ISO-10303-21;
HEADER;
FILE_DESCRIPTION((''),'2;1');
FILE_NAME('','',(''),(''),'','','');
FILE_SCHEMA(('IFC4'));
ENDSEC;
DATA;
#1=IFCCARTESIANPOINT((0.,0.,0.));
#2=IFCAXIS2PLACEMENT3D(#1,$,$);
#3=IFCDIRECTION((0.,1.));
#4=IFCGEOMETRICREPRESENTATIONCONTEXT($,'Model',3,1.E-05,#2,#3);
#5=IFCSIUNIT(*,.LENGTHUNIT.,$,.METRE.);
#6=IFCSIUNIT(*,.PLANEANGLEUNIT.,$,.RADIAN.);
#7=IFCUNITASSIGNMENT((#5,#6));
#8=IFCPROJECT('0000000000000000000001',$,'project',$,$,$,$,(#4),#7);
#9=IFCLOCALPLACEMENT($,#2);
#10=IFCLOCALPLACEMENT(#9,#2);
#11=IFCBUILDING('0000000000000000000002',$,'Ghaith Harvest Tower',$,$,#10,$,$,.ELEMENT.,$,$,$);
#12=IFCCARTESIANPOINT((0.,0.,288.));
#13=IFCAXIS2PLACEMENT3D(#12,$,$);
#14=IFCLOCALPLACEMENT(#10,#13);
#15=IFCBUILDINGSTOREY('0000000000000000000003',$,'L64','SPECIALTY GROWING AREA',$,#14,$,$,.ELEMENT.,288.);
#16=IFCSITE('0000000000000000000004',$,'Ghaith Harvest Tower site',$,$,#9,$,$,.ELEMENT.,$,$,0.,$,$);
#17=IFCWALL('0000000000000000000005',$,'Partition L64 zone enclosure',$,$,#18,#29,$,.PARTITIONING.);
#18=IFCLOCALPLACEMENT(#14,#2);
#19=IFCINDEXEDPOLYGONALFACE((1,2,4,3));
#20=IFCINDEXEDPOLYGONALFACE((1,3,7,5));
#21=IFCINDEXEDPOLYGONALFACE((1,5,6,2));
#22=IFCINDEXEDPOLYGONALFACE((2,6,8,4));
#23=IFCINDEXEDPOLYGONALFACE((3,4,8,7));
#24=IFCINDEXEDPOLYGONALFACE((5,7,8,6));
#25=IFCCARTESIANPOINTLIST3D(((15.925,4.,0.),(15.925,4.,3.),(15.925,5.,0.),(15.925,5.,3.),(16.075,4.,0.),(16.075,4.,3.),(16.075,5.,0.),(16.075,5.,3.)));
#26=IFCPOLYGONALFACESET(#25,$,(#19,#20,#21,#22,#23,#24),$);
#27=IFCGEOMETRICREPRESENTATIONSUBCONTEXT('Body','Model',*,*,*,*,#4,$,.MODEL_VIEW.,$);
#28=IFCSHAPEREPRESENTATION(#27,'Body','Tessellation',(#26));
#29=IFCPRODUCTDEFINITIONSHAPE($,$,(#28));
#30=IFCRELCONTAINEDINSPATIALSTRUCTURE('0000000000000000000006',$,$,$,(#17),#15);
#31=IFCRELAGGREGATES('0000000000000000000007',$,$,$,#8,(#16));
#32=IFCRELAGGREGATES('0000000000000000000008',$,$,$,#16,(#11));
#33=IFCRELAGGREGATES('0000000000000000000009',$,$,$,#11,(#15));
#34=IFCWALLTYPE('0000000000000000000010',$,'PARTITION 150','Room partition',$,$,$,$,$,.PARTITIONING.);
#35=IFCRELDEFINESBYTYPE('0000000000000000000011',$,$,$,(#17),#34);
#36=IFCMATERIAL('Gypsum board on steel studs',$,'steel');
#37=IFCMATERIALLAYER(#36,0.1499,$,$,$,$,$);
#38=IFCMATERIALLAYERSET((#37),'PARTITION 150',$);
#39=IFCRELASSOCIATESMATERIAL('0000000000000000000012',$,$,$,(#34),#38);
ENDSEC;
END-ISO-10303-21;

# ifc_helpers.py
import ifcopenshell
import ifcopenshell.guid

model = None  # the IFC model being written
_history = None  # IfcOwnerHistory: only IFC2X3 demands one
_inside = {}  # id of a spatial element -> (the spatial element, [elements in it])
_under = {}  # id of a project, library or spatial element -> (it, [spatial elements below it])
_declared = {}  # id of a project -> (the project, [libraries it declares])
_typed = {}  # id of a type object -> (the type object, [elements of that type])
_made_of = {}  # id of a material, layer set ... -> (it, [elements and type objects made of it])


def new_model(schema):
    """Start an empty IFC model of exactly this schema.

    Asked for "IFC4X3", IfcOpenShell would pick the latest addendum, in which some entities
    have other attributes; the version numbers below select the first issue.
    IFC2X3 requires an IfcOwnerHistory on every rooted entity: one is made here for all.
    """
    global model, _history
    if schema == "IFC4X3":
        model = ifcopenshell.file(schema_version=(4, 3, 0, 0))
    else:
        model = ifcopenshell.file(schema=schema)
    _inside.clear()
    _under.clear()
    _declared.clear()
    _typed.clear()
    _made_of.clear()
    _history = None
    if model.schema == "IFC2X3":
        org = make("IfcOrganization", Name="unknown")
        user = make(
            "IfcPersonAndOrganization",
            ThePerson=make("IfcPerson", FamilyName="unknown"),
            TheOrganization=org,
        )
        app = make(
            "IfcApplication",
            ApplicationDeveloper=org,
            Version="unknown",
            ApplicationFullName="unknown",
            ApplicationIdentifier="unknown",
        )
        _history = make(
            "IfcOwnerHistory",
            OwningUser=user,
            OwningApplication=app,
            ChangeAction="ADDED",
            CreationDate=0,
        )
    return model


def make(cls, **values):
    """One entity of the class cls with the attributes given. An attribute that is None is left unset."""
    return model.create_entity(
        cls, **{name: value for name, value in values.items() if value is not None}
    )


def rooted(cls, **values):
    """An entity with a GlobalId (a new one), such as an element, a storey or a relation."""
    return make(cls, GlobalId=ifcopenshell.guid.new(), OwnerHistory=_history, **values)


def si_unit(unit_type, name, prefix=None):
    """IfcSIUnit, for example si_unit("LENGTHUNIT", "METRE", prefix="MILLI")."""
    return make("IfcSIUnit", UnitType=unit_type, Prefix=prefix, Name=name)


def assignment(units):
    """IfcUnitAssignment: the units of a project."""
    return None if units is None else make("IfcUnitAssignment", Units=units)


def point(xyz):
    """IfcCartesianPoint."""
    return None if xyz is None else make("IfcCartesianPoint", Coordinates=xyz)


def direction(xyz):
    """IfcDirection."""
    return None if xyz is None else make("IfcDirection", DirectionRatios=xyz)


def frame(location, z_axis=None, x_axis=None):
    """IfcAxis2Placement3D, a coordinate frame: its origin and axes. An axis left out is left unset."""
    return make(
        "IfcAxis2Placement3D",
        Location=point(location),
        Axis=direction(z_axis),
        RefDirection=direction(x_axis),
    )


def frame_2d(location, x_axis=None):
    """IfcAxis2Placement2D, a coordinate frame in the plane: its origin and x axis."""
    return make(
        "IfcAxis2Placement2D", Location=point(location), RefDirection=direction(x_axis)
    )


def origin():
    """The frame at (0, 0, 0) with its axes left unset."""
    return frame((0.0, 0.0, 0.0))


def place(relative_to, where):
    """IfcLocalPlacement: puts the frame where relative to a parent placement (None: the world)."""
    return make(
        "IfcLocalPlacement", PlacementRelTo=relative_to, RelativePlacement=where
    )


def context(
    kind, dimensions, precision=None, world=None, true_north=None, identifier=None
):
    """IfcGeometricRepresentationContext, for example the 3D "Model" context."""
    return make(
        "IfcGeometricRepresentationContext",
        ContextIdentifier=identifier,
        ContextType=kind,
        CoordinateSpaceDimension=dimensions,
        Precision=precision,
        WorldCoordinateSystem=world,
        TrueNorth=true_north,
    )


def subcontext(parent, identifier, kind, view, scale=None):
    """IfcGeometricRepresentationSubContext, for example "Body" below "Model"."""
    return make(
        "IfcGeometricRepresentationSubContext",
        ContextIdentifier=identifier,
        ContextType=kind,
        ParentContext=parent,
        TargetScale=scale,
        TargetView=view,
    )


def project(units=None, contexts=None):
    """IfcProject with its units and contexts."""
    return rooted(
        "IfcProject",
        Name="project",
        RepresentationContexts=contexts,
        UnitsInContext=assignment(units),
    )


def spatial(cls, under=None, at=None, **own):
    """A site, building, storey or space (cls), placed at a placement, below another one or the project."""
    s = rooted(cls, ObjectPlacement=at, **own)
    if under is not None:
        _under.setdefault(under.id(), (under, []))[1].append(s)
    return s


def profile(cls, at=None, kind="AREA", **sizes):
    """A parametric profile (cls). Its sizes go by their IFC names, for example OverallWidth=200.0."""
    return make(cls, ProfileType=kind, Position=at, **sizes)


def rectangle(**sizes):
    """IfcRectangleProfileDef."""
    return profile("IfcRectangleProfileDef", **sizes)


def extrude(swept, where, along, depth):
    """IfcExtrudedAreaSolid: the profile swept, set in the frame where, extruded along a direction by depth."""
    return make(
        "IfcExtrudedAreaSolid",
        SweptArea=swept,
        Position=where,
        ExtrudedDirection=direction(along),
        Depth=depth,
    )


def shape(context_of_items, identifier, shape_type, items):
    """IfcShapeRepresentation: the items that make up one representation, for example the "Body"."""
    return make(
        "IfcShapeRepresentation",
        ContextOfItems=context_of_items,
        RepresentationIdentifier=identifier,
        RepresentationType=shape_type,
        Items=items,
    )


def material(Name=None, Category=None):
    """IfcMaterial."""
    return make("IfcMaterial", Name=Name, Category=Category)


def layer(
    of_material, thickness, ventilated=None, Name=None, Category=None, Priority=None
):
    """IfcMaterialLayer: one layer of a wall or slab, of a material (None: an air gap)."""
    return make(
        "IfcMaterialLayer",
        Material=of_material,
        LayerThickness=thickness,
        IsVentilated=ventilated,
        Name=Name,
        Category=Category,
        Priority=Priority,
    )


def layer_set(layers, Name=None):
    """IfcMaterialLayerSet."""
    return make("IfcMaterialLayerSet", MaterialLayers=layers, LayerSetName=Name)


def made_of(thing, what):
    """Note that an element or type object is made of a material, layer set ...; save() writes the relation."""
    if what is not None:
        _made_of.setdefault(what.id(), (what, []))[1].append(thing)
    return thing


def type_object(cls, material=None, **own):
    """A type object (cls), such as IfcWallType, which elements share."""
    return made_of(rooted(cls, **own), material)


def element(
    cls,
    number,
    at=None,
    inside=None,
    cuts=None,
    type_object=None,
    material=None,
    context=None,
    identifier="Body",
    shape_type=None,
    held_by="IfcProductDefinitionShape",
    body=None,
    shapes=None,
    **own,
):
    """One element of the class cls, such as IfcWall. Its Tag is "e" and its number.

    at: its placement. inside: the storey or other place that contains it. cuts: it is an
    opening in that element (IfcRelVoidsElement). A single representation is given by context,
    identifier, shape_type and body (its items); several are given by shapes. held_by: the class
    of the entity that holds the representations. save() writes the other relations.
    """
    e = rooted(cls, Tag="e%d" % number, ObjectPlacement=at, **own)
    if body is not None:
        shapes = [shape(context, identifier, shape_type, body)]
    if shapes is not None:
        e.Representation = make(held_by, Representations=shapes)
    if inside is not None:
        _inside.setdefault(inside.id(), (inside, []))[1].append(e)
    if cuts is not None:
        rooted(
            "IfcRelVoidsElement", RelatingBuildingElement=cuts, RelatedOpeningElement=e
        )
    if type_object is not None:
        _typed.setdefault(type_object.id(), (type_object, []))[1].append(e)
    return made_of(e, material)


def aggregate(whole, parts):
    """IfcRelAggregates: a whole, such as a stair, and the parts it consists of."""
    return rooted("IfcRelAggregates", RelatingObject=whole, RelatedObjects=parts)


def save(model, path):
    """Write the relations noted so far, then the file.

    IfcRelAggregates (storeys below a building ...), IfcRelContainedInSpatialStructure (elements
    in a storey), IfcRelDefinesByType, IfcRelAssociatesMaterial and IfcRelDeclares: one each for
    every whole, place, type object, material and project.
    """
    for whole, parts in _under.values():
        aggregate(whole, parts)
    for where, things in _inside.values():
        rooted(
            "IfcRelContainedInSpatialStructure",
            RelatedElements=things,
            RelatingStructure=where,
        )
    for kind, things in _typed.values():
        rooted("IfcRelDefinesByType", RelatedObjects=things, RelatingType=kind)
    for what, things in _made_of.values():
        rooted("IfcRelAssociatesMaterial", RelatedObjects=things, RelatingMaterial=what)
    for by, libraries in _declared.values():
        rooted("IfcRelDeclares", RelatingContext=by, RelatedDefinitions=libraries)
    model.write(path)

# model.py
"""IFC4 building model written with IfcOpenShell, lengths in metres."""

from ifc_helpers import new_model, si_unit, direction, frame, frame_2d, origin, place, context, subcontext, project, spatial, rectangle, extrude, material, layer, layer_set, type_object, element, save


model = new_model("IFC4")

# Units and contexts
model_context = context("Model", 3, precision=1e-05, world=origin(), true_north=direction((0.0, 1.0)))
body_context = subcontext(model_context, "Body", "Model", "MODEL_VIEW")
ifc_project = project(units=[si_unit("LENGTHUNIT", "METRE"), si_unit("PLANEANGLEUNIT", "RADIAN")], contexts=[model_context])

# Site, building, storey
site_placement = place(None, origin())
site = spatial("IfcSite", under=ifc_project, at=site_placement, Name="Ghaith Harvest Tower site", CompositionType="ELEMENT", RefElevation=0.0)
building_placement = place(site_placement, origin())
building = spatial("IfcBuilding", under=site, at=building_placement, Name="Ghaith Harvest Tower", CompositionType="ELEMENT")
storey_placement = place(building_placement, frame((0.0, 0.0, 288.0)))
storey = spatial("IfcBuildingStorey", under=building, at=storey_placement, Name="L64", Description="SPECIALTY GROWING AREA", CompositionType="ELEMENT", Elevation=288.0)

# Shared definitions
ifc_material_1 = material(Name="Gypsum board on steel studs", Category="steel")
ifc_layer_1 = layer(ifc_material_1, 0.1499)
ifc_layer_set_1 = layer_set([ifc_layer_1], Name="PARTITION 150")
wall_type = type_object("IfcWallType", Name="PARTITION 150", Description="Room partition", PredefinedType="PARTITIONING", material=ifc_layer_set_1)

# Wall
wall_1_placement = place(storey_placement, frame((16.0, 4.0, 0.0), z_axis=(0.0, 0.0, 1.0), x_axis=(0.0, 1.0, 0.0)))
element("IfcWall", 1, at=wall_1_placement, inside=storey, type_object=wall_type, Name="Partition L64 zone enclosure", PredefinedType="PARTITIONING", context=body_context, shape_type="SweptSolid", body=[
    extrude(rectangle(XDim=1.0, YDim=0.1499, at=frame_2d((0.5, 0.0))), origin(), (0.0, 0.0, 1.0), 3.0),
])

save(model, "model.ifc")
